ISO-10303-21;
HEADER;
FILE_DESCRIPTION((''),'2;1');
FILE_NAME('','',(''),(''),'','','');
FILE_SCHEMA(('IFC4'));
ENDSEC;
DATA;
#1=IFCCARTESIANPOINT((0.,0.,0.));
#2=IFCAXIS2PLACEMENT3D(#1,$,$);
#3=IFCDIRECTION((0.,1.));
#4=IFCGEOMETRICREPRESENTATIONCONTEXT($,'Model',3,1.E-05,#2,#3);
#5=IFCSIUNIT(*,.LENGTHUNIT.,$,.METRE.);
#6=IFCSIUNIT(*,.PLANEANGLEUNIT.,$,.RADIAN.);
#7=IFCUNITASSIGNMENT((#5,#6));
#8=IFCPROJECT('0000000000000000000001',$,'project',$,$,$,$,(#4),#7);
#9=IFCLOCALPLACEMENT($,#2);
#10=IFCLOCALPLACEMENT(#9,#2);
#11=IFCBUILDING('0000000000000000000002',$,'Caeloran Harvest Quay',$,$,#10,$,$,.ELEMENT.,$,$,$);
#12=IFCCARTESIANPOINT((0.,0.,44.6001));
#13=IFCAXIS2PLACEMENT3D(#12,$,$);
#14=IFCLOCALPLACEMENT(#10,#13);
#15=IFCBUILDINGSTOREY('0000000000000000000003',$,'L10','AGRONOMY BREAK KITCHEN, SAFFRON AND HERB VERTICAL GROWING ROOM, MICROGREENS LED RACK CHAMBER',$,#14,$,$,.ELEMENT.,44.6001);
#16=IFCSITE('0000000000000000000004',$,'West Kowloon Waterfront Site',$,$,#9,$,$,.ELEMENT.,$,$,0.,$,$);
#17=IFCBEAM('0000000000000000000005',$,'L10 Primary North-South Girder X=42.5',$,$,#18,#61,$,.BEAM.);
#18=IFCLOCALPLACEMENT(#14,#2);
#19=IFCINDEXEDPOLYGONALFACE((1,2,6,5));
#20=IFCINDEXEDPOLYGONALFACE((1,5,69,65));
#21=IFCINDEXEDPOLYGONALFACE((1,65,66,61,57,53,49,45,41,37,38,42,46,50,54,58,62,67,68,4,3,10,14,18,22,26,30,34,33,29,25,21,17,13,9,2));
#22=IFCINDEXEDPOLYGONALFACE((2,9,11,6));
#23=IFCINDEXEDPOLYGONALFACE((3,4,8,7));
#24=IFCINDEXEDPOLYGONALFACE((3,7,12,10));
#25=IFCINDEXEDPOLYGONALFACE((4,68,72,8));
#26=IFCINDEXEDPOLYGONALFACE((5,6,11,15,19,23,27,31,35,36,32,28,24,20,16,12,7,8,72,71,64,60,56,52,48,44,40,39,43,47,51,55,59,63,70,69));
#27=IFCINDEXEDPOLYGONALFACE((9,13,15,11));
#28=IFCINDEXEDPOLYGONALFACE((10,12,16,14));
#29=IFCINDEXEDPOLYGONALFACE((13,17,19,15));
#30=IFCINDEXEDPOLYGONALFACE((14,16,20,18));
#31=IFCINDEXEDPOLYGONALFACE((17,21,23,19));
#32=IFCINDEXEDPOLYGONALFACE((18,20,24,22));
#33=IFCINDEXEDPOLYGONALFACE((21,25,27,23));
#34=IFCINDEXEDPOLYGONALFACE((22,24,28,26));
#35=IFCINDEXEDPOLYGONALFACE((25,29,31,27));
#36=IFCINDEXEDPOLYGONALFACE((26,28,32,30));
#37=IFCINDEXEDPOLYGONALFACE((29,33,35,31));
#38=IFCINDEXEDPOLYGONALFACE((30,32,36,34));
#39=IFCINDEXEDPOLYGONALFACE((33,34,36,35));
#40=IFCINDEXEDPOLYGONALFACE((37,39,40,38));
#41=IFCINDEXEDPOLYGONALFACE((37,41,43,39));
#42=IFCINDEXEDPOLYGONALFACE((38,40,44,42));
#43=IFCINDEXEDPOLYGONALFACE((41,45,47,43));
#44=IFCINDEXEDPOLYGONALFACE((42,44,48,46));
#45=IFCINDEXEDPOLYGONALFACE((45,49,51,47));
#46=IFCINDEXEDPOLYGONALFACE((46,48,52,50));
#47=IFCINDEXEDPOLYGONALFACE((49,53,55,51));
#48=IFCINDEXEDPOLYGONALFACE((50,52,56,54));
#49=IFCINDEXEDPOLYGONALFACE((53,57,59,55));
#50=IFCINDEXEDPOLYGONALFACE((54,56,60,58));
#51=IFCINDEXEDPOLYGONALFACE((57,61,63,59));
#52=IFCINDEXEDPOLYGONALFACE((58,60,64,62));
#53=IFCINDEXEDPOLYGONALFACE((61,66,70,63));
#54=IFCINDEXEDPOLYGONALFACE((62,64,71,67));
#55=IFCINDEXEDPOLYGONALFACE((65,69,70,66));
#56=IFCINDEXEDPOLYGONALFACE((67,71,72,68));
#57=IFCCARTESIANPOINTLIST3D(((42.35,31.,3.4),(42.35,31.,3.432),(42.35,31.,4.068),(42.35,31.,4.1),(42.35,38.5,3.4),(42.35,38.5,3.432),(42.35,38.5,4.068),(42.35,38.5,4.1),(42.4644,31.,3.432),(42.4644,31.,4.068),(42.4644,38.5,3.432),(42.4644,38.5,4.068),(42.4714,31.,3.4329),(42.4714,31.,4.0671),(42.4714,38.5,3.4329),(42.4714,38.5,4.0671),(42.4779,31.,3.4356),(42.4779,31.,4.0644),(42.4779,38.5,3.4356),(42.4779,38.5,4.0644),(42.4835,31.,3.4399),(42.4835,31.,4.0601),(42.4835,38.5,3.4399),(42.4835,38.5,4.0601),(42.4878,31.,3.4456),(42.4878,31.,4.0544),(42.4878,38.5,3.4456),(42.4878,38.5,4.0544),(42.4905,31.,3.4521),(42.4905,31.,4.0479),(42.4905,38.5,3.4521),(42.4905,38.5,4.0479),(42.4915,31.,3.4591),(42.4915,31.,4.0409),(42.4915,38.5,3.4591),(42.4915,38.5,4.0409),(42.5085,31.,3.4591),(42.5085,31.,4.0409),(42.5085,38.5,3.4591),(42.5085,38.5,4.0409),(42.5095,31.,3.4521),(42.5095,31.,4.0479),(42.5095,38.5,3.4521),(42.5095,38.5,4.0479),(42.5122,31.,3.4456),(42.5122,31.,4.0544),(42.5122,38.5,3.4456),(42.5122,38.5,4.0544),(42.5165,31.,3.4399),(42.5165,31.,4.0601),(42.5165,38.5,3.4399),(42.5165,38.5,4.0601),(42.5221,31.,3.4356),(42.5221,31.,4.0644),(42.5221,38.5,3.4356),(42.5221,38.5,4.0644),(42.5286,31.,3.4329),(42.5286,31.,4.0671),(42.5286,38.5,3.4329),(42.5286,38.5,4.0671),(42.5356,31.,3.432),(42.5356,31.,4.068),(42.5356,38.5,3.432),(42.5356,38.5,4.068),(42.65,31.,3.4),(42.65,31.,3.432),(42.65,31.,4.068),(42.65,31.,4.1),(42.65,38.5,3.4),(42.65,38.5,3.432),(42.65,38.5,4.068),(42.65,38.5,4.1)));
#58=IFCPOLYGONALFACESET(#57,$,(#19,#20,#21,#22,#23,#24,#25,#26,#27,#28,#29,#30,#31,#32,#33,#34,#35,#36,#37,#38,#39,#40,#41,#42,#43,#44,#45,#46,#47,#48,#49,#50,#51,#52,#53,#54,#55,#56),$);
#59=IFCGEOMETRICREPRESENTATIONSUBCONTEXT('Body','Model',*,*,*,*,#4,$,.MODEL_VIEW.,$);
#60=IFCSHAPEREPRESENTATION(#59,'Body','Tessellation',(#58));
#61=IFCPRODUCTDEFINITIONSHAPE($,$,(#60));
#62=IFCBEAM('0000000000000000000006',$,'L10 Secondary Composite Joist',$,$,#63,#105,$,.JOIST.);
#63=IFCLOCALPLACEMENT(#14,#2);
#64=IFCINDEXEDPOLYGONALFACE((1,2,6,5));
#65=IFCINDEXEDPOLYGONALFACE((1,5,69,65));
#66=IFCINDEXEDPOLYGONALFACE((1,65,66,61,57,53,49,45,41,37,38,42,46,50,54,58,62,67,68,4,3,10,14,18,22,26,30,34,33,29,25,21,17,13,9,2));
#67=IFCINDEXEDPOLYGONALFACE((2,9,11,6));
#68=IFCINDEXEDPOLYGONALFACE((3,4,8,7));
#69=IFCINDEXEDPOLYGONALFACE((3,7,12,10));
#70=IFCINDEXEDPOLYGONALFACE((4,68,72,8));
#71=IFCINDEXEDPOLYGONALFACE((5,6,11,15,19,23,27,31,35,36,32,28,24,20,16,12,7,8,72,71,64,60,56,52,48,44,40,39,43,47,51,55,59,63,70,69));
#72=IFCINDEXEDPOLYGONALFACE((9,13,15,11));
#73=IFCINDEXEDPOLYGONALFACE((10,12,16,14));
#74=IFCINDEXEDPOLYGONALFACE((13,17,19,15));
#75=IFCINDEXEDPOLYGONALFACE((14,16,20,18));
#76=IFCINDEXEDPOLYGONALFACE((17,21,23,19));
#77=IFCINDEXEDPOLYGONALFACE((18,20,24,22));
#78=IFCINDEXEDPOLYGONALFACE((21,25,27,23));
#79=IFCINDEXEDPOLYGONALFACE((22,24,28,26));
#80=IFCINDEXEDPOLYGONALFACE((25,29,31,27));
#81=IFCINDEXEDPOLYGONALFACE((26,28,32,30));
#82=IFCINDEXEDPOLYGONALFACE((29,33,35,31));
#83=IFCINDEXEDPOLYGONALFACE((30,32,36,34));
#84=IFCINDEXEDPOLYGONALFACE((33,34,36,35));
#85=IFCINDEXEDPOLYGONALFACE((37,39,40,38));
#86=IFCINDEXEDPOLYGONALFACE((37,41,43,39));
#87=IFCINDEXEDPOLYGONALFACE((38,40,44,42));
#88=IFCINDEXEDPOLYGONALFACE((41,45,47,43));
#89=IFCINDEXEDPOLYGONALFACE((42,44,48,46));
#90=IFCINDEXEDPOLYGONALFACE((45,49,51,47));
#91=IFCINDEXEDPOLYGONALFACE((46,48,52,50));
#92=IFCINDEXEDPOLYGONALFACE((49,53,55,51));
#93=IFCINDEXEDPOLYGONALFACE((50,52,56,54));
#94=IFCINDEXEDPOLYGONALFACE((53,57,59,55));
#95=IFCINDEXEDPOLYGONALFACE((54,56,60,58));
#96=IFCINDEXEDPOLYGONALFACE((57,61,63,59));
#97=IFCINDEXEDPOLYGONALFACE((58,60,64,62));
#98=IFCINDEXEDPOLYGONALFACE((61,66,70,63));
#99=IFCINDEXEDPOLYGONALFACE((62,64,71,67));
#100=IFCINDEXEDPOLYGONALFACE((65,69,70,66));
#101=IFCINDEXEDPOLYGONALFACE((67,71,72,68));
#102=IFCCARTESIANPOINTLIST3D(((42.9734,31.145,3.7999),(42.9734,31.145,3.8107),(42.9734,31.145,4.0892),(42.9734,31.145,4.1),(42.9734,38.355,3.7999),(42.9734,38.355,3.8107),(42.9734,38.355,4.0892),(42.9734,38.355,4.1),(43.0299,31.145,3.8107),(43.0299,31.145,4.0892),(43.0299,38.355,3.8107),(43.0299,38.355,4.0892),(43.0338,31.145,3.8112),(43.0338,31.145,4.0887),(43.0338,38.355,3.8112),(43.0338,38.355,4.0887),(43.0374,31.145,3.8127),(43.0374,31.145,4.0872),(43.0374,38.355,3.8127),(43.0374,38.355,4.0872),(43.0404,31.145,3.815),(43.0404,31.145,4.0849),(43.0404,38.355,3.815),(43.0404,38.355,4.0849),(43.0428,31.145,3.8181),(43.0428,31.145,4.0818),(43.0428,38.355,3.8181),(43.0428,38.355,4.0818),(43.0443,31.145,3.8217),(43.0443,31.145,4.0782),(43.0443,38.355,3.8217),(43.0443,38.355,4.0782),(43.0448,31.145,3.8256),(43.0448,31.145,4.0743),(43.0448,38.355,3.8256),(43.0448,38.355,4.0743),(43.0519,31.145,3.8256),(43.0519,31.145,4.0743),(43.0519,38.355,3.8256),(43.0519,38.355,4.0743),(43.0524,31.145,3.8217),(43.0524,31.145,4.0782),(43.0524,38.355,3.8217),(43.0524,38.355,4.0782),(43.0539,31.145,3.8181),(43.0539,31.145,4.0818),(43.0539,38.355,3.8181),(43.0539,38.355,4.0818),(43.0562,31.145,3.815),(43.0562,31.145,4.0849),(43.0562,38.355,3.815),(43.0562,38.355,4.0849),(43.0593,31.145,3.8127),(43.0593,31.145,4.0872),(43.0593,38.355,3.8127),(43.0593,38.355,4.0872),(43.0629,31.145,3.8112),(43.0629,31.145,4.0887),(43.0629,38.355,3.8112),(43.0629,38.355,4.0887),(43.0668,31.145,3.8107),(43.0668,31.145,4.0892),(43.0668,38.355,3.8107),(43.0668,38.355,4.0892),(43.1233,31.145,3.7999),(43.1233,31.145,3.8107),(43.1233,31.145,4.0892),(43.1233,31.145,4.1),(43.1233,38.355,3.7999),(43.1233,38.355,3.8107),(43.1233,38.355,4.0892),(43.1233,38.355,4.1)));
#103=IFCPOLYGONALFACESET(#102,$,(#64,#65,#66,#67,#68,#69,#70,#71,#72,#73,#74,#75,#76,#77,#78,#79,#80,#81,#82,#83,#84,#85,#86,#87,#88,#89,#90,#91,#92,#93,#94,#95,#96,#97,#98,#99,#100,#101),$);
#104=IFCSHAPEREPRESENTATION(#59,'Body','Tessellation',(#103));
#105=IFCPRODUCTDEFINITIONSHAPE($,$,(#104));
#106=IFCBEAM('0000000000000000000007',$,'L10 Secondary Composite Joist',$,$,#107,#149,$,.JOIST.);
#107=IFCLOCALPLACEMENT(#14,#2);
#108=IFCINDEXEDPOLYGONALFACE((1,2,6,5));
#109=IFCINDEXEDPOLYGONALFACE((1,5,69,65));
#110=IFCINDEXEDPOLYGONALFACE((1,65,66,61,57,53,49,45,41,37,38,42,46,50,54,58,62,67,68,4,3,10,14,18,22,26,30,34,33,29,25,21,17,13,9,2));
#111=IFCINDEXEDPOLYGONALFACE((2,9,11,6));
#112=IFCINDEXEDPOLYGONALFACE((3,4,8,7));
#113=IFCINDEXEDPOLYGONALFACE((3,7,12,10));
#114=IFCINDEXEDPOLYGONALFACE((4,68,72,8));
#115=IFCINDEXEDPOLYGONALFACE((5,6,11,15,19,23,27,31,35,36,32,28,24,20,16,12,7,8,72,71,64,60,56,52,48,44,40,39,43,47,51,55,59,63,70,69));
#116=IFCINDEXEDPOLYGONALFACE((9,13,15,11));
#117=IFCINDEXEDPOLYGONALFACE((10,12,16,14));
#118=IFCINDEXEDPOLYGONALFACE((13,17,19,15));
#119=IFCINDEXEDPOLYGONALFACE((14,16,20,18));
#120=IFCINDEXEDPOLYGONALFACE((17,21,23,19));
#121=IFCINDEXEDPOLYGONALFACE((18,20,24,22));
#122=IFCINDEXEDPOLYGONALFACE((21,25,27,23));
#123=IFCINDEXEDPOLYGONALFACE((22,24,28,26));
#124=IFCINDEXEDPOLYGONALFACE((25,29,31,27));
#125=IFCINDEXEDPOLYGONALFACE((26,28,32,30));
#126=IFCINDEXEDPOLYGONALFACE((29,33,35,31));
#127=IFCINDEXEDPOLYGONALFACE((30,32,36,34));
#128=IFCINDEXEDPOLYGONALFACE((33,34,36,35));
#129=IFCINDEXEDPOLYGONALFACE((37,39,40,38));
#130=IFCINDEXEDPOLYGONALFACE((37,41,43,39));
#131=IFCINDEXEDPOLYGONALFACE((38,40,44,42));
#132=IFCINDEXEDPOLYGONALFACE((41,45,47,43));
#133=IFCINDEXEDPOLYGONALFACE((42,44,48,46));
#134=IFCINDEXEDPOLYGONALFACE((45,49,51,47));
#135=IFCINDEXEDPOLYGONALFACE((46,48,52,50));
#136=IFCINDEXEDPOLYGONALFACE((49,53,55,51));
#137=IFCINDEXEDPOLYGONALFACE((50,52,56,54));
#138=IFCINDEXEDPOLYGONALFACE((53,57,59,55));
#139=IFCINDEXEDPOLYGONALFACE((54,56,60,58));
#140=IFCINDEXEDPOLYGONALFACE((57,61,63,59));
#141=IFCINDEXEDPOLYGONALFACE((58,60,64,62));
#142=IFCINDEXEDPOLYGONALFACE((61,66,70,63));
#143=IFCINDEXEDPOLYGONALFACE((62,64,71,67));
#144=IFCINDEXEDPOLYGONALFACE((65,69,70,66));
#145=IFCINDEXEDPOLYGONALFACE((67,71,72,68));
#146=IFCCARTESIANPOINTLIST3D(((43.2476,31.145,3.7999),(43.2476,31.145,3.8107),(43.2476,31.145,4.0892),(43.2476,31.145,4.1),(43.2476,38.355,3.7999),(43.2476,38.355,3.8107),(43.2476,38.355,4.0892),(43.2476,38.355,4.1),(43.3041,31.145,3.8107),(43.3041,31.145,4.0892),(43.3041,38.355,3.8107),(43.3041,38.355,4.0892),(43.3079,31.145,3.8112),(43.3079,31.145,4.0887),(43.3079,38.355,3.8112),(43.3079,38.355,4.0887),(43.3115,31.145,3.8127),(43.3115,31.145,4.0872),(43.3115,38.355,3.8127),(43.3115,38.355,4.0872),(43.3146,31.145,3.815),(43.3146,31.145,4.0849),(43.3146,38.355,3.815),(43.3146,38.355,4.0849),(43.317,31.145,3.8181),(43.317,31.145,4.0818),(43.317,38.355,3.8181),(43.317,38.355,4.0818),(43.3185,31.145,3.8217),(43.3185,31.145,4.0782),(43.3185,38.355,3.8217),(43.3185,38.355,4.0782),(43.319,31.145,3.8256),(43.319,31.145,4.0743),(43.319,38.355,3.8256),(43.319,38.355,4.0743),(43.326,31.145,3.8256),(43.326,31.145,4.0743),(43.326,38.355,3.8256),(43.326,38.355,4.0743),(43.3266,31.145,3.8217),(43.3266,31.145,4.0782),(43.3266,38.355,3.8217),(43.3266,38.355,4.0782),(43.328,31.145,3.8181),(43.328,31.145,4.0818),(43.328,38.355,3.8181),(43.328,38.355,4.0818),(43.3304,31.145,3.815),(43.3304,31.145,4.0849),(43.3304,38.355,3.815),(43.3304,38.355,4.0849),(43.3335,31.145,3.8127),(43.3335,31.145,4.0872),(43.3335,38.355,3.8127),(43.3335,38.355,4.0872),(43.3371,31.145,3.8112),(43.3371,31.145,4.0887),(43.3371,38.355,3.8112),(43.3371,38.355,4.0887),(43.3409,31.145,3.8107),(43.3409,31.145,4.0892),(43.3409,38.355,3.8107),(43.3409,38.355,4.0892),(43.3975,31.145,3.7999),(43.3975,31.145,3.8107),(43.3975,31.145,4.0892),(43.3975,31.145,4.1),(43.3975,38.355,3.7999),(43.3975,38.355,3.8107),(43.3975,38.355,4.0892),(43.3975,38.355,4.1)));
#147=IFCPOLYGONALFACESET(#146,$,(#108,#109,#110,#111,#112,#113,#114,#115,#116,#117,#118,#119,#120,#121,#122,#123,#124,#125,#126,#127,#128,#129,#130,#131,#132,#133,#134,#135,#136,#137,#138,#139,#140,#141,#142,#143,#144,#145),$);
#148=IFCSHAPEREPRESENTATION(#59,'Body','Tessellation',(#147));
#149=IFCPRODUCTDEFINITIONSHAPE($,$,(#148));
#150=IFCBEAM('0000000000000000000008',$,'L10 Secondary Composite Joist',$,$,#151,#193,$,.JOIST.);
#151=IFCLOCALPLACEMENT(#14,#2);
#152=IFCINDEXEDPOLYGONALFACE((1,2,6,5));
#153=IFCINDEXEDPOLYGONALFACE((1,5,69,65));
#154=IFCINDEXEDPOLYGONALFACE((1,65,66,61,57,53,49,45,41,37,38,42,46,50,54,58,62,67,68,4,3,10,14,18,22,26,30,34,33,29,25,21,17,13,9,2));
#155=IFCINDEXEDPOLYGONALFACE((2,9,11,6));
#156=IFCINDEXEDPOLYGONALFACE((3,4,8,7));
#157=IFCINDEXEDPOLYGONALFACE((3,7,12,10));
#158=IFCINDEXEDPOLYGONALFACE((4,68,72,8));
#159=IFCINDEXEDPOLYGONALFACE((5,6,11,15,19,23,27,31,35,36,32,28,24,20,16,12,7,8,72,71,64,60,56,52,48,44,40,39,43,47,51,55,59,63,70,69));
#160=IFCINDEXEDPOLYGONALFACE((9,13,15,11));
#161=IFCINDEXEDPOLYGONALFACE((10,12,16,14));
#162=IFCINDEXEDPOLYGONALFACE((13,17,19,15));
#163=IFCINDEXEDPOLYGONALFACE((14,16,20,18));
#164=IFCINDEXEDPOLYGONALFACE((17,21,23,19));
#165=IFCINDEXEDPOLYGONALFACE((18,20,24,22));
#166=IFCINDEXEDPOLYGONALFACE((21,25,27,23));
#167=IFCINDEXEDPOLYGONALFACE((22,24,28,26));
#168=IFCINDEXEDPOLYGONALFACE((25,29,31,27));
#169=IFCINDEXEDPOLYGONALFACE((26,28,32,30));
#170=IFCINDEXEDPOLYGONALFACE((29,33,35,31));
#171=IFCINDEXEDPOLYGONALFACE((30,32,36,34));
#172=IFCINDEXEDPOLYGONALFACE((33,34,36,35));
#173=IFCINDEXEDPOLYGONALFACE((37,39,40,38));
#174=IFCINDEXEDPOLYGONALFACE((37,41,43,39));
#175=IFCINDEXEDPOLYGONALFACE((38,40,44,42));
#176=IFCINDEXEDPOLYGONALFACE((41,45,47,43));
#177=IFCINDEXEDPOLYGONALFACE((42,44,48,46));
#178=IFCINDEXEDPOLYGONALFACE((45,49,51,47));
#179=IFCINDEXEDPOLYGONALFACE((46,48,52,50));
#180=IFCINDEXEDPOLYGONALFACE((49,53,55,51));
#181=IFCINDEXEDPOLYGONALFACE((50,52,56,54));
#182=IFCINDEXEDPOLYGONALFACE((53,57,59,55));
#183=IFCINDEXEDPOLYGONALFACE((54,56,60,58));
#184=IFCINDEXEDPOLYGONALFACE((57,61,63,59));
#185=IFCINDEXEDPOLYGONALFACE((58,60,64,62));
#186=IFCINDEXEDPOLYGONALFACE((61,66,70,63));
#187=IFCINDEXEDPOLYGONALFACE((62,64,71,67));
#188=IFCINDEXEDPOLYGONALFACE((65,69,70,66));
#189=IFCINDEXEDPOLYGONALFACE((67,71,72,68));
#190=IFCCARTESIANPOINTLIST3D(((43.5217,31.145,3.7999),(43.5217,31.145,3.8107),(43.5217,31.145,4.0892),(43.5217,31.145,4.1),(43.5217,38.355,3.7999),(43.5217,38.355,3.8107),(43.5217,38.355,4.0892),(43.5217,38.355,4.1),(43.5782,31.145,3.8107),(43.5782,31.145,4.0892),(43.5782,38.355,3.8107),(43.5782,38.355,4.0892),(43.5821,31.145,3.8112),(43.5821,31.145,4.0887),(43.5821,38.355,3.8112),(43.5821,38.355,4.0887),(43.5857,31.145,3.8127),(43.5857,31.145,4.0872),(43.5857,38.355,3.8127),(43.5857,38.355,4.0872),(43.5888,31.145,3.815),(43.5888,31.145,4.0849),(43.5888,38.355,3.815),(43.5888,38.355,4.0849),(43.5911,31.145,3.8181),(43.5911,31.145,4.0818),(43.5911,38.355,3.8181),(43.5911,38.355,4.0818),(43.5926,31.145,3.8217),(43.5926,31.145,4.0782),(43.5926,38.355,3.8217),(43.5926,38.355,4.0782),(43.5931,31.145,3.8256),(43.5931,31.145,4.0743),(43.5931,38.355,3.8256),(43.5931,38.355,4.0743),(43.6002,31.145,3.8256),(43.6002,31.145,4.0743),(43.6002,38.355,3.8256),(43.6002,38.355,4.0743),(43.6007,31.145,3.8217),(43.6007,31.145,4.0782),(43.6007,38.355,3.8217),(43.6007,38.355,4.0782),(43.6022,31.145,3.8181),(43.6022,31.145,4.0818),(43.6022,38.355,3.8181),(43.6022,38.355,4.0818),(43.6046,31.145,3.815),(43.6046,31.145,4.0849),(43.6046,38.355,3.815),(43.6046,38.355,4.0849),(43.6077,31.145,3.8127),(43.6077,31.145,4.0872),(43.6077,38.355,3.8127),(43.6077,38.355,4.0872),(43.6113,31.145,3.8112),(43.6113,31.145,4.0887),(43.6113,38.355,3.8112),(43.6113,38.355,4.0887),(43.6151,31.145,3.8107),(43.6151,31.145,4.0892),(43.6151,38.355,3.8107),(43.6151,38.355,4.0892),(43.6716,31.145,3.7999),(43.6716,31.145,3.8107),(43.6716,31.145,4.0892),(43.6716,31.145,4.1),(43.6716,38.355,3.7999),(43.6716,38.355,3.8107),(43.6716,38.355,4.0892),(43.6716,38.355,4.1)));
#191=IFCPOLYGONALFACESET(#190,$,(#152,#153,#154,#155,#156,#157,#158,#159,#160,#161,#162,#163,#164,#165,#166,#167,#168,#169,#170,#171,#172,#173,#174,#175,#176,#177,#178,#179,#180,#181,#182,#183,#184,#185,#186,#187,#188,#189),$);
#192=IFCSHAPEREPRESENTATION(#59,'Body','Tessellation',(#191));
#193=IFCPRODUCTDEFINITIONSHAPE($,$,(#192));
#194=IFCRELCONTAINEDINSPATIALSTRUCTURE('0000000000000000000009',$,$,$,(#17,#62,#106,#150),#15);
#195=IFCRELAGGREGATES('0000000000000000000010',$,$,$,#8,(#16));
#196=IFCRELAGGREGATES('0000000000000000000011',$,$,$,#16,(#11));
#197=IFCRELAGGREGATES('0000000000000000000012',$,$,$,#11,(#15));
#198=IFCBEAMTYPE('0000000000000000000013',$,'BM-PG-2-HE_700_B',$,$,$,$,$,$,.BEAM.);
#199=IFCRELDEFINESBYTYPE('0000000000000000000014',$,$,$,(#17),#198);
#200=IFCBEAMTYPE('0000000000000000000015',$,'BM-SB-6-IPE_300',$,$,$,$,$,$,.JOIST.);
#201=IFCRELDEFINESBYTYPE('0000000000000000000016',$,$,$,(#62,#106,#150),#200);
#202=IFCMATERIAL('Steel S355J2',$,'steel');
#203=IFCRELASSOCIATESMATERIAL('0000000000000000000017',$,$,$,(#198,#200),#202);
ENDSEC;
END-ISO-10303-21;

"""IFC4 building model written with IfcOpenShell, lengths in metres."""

from ifc_helpers import new_model, si_unit, direction, frame, origin, origin_2d, place, context, subcontext, project, spatial, i_section, extrude, material, material_profile, profile_set, type_object, element, save


model = new_model("IFC4")

# Units and contexts
model_context = context("Model", 3, precision=1e-05, world=origin(), true_north=direction((0.0, 1.0)))
body_context = subcontext(model_context, "Body", "Model", "MODEL_VIEW")
ifc_project = project(units=[si_unit("LENGTHUNIT", "METRE"), si_unit("PLANEANGLEUNIT", "RADIAN")], contexts=[model_context])

# Site, building, storey
site_placement = place(None, origin())
site = spatial("IfcSite", under=ifc_project, at=site_placement, Name="West Kowloon Waterfront Site", CompositionType="ELEMENT", RefElevation=0.0)
building_placement = place(site_placement, origin())
building = spatial("IfcBuilding", under=site, at=building_placement, Name="Caeloran Harvest Quay", CompositionType="ELEMENT")
storey_placement = place(building_placement, frame((0.0, 0.0, 44.6001)))
storey = spatial("IfcBuildingStorey", under=building, at=storey_placement, Name="L10", Description="AGRONOMY BREAK KITCHEN, SAFFRON AND HERB VERTICAL GROWING ROOM, MICROGREENS LED RACK CHAMBER", CompositionType="ELEMENT", Elevation=44.6001)

# Beams
ifc_material_1 = material(Name="Steel S355J2", Category="steel")
ifc_material_profile_1 = material_profile(ifc_material_1, i_section(OverallWidth=0.3, OverallDepth=0.7, WebThickness=0.0171, FlangeThickness=0.032, FilletRadius=0.0271, at=origin_2d()), Name="HE 700 B")
ifc_profile_set_1 = profile_set([ifc_material_profile_1], Name="Steel S355J2")
beam_type_1 = type_object("IfcBeamType", Name="BM-PG-2-HE_700_B", PredefinedType="BEAM", material=ifc_profile_set_1)
beam_placement = place(storey_placement, frame((42.5, 31.0, 3.75), z_axis=(0.0, 1.0, 0.0), x_axis=(-1.0, 0.0, 0.0)))
element("IfcBeam", 1, at=beam_placement, inside=storey, type_object=beam_type_1, Name="L10 Primary North-South Girder X=42.5", PredefinedType="BEAM", context=body_context, shape_type="SweptSolid", body=[
    extrude(i_section(OverallWidth=0.3, OverallDepth=0.7, WebThickness=0.0171, FlangeThickness=0.032, FilletRadius=0.0271, at=origin_2d()), origin(), (0.0, 0.0, 1.0), 7.5),
])
ifc_material_profile_2 = material_profile(ifc_material_1, i_section(OverallWidth=0.1499, OverallDepth=0.3, WebThickness=0.0071, FlangeThickness=0.0107, FilletRadius=0.0149, at=origin_2d()), Name="IPE 300")
ifc_profile_set_2 = profile_set([ifc_material_profile_2], Name="Steel S355J2")
beam_type_2 = type_object("IfcBeamType", Name="BM-SB-6-IPE_300", PredefinedType="JOIST", material=ifc_profile_set_2)
for number, where, z_axis, x_axis, name in (
    (2, (43.0483, 31.145, 3.95), (0.0, 1.0, 0.0), (-1.0, 0.0, 0.0), "L10 Secondary Composite Joist"),
    (3, (43.3225, 31.145, 3.95), (0.0, 1.0, 0.0), (-1.0, 0.0, 0.0), "L10 Secondary Composite Joist"),
    (4, (43.5967, 31.145, 3.95), (0.0, 1.0, 0.0), (-1.0, 0.0, 0.0), "L10 Secondary Composite Joist"),
):
    element("IfcBeam", number, at=place(storey_placement, frame(where, z_axis=z_axis, x_axis=x_axis)), inside=storey, type_object=beam_type_2, Name=name, PredefinedType="JOIST", context=body_context, shape_type="SweptSolid", body=[
        extrude(i_section(OverallWidth=0.1499, OverallDepth=0.3, WebThickness=0.0071, FlangeThickness=0.0107, FilletRadius=0.0149, at=origin_2d()), origin(), (0.0, 0.0, 1.0), 7.21),
    ])

save(model, "model.ifc")
